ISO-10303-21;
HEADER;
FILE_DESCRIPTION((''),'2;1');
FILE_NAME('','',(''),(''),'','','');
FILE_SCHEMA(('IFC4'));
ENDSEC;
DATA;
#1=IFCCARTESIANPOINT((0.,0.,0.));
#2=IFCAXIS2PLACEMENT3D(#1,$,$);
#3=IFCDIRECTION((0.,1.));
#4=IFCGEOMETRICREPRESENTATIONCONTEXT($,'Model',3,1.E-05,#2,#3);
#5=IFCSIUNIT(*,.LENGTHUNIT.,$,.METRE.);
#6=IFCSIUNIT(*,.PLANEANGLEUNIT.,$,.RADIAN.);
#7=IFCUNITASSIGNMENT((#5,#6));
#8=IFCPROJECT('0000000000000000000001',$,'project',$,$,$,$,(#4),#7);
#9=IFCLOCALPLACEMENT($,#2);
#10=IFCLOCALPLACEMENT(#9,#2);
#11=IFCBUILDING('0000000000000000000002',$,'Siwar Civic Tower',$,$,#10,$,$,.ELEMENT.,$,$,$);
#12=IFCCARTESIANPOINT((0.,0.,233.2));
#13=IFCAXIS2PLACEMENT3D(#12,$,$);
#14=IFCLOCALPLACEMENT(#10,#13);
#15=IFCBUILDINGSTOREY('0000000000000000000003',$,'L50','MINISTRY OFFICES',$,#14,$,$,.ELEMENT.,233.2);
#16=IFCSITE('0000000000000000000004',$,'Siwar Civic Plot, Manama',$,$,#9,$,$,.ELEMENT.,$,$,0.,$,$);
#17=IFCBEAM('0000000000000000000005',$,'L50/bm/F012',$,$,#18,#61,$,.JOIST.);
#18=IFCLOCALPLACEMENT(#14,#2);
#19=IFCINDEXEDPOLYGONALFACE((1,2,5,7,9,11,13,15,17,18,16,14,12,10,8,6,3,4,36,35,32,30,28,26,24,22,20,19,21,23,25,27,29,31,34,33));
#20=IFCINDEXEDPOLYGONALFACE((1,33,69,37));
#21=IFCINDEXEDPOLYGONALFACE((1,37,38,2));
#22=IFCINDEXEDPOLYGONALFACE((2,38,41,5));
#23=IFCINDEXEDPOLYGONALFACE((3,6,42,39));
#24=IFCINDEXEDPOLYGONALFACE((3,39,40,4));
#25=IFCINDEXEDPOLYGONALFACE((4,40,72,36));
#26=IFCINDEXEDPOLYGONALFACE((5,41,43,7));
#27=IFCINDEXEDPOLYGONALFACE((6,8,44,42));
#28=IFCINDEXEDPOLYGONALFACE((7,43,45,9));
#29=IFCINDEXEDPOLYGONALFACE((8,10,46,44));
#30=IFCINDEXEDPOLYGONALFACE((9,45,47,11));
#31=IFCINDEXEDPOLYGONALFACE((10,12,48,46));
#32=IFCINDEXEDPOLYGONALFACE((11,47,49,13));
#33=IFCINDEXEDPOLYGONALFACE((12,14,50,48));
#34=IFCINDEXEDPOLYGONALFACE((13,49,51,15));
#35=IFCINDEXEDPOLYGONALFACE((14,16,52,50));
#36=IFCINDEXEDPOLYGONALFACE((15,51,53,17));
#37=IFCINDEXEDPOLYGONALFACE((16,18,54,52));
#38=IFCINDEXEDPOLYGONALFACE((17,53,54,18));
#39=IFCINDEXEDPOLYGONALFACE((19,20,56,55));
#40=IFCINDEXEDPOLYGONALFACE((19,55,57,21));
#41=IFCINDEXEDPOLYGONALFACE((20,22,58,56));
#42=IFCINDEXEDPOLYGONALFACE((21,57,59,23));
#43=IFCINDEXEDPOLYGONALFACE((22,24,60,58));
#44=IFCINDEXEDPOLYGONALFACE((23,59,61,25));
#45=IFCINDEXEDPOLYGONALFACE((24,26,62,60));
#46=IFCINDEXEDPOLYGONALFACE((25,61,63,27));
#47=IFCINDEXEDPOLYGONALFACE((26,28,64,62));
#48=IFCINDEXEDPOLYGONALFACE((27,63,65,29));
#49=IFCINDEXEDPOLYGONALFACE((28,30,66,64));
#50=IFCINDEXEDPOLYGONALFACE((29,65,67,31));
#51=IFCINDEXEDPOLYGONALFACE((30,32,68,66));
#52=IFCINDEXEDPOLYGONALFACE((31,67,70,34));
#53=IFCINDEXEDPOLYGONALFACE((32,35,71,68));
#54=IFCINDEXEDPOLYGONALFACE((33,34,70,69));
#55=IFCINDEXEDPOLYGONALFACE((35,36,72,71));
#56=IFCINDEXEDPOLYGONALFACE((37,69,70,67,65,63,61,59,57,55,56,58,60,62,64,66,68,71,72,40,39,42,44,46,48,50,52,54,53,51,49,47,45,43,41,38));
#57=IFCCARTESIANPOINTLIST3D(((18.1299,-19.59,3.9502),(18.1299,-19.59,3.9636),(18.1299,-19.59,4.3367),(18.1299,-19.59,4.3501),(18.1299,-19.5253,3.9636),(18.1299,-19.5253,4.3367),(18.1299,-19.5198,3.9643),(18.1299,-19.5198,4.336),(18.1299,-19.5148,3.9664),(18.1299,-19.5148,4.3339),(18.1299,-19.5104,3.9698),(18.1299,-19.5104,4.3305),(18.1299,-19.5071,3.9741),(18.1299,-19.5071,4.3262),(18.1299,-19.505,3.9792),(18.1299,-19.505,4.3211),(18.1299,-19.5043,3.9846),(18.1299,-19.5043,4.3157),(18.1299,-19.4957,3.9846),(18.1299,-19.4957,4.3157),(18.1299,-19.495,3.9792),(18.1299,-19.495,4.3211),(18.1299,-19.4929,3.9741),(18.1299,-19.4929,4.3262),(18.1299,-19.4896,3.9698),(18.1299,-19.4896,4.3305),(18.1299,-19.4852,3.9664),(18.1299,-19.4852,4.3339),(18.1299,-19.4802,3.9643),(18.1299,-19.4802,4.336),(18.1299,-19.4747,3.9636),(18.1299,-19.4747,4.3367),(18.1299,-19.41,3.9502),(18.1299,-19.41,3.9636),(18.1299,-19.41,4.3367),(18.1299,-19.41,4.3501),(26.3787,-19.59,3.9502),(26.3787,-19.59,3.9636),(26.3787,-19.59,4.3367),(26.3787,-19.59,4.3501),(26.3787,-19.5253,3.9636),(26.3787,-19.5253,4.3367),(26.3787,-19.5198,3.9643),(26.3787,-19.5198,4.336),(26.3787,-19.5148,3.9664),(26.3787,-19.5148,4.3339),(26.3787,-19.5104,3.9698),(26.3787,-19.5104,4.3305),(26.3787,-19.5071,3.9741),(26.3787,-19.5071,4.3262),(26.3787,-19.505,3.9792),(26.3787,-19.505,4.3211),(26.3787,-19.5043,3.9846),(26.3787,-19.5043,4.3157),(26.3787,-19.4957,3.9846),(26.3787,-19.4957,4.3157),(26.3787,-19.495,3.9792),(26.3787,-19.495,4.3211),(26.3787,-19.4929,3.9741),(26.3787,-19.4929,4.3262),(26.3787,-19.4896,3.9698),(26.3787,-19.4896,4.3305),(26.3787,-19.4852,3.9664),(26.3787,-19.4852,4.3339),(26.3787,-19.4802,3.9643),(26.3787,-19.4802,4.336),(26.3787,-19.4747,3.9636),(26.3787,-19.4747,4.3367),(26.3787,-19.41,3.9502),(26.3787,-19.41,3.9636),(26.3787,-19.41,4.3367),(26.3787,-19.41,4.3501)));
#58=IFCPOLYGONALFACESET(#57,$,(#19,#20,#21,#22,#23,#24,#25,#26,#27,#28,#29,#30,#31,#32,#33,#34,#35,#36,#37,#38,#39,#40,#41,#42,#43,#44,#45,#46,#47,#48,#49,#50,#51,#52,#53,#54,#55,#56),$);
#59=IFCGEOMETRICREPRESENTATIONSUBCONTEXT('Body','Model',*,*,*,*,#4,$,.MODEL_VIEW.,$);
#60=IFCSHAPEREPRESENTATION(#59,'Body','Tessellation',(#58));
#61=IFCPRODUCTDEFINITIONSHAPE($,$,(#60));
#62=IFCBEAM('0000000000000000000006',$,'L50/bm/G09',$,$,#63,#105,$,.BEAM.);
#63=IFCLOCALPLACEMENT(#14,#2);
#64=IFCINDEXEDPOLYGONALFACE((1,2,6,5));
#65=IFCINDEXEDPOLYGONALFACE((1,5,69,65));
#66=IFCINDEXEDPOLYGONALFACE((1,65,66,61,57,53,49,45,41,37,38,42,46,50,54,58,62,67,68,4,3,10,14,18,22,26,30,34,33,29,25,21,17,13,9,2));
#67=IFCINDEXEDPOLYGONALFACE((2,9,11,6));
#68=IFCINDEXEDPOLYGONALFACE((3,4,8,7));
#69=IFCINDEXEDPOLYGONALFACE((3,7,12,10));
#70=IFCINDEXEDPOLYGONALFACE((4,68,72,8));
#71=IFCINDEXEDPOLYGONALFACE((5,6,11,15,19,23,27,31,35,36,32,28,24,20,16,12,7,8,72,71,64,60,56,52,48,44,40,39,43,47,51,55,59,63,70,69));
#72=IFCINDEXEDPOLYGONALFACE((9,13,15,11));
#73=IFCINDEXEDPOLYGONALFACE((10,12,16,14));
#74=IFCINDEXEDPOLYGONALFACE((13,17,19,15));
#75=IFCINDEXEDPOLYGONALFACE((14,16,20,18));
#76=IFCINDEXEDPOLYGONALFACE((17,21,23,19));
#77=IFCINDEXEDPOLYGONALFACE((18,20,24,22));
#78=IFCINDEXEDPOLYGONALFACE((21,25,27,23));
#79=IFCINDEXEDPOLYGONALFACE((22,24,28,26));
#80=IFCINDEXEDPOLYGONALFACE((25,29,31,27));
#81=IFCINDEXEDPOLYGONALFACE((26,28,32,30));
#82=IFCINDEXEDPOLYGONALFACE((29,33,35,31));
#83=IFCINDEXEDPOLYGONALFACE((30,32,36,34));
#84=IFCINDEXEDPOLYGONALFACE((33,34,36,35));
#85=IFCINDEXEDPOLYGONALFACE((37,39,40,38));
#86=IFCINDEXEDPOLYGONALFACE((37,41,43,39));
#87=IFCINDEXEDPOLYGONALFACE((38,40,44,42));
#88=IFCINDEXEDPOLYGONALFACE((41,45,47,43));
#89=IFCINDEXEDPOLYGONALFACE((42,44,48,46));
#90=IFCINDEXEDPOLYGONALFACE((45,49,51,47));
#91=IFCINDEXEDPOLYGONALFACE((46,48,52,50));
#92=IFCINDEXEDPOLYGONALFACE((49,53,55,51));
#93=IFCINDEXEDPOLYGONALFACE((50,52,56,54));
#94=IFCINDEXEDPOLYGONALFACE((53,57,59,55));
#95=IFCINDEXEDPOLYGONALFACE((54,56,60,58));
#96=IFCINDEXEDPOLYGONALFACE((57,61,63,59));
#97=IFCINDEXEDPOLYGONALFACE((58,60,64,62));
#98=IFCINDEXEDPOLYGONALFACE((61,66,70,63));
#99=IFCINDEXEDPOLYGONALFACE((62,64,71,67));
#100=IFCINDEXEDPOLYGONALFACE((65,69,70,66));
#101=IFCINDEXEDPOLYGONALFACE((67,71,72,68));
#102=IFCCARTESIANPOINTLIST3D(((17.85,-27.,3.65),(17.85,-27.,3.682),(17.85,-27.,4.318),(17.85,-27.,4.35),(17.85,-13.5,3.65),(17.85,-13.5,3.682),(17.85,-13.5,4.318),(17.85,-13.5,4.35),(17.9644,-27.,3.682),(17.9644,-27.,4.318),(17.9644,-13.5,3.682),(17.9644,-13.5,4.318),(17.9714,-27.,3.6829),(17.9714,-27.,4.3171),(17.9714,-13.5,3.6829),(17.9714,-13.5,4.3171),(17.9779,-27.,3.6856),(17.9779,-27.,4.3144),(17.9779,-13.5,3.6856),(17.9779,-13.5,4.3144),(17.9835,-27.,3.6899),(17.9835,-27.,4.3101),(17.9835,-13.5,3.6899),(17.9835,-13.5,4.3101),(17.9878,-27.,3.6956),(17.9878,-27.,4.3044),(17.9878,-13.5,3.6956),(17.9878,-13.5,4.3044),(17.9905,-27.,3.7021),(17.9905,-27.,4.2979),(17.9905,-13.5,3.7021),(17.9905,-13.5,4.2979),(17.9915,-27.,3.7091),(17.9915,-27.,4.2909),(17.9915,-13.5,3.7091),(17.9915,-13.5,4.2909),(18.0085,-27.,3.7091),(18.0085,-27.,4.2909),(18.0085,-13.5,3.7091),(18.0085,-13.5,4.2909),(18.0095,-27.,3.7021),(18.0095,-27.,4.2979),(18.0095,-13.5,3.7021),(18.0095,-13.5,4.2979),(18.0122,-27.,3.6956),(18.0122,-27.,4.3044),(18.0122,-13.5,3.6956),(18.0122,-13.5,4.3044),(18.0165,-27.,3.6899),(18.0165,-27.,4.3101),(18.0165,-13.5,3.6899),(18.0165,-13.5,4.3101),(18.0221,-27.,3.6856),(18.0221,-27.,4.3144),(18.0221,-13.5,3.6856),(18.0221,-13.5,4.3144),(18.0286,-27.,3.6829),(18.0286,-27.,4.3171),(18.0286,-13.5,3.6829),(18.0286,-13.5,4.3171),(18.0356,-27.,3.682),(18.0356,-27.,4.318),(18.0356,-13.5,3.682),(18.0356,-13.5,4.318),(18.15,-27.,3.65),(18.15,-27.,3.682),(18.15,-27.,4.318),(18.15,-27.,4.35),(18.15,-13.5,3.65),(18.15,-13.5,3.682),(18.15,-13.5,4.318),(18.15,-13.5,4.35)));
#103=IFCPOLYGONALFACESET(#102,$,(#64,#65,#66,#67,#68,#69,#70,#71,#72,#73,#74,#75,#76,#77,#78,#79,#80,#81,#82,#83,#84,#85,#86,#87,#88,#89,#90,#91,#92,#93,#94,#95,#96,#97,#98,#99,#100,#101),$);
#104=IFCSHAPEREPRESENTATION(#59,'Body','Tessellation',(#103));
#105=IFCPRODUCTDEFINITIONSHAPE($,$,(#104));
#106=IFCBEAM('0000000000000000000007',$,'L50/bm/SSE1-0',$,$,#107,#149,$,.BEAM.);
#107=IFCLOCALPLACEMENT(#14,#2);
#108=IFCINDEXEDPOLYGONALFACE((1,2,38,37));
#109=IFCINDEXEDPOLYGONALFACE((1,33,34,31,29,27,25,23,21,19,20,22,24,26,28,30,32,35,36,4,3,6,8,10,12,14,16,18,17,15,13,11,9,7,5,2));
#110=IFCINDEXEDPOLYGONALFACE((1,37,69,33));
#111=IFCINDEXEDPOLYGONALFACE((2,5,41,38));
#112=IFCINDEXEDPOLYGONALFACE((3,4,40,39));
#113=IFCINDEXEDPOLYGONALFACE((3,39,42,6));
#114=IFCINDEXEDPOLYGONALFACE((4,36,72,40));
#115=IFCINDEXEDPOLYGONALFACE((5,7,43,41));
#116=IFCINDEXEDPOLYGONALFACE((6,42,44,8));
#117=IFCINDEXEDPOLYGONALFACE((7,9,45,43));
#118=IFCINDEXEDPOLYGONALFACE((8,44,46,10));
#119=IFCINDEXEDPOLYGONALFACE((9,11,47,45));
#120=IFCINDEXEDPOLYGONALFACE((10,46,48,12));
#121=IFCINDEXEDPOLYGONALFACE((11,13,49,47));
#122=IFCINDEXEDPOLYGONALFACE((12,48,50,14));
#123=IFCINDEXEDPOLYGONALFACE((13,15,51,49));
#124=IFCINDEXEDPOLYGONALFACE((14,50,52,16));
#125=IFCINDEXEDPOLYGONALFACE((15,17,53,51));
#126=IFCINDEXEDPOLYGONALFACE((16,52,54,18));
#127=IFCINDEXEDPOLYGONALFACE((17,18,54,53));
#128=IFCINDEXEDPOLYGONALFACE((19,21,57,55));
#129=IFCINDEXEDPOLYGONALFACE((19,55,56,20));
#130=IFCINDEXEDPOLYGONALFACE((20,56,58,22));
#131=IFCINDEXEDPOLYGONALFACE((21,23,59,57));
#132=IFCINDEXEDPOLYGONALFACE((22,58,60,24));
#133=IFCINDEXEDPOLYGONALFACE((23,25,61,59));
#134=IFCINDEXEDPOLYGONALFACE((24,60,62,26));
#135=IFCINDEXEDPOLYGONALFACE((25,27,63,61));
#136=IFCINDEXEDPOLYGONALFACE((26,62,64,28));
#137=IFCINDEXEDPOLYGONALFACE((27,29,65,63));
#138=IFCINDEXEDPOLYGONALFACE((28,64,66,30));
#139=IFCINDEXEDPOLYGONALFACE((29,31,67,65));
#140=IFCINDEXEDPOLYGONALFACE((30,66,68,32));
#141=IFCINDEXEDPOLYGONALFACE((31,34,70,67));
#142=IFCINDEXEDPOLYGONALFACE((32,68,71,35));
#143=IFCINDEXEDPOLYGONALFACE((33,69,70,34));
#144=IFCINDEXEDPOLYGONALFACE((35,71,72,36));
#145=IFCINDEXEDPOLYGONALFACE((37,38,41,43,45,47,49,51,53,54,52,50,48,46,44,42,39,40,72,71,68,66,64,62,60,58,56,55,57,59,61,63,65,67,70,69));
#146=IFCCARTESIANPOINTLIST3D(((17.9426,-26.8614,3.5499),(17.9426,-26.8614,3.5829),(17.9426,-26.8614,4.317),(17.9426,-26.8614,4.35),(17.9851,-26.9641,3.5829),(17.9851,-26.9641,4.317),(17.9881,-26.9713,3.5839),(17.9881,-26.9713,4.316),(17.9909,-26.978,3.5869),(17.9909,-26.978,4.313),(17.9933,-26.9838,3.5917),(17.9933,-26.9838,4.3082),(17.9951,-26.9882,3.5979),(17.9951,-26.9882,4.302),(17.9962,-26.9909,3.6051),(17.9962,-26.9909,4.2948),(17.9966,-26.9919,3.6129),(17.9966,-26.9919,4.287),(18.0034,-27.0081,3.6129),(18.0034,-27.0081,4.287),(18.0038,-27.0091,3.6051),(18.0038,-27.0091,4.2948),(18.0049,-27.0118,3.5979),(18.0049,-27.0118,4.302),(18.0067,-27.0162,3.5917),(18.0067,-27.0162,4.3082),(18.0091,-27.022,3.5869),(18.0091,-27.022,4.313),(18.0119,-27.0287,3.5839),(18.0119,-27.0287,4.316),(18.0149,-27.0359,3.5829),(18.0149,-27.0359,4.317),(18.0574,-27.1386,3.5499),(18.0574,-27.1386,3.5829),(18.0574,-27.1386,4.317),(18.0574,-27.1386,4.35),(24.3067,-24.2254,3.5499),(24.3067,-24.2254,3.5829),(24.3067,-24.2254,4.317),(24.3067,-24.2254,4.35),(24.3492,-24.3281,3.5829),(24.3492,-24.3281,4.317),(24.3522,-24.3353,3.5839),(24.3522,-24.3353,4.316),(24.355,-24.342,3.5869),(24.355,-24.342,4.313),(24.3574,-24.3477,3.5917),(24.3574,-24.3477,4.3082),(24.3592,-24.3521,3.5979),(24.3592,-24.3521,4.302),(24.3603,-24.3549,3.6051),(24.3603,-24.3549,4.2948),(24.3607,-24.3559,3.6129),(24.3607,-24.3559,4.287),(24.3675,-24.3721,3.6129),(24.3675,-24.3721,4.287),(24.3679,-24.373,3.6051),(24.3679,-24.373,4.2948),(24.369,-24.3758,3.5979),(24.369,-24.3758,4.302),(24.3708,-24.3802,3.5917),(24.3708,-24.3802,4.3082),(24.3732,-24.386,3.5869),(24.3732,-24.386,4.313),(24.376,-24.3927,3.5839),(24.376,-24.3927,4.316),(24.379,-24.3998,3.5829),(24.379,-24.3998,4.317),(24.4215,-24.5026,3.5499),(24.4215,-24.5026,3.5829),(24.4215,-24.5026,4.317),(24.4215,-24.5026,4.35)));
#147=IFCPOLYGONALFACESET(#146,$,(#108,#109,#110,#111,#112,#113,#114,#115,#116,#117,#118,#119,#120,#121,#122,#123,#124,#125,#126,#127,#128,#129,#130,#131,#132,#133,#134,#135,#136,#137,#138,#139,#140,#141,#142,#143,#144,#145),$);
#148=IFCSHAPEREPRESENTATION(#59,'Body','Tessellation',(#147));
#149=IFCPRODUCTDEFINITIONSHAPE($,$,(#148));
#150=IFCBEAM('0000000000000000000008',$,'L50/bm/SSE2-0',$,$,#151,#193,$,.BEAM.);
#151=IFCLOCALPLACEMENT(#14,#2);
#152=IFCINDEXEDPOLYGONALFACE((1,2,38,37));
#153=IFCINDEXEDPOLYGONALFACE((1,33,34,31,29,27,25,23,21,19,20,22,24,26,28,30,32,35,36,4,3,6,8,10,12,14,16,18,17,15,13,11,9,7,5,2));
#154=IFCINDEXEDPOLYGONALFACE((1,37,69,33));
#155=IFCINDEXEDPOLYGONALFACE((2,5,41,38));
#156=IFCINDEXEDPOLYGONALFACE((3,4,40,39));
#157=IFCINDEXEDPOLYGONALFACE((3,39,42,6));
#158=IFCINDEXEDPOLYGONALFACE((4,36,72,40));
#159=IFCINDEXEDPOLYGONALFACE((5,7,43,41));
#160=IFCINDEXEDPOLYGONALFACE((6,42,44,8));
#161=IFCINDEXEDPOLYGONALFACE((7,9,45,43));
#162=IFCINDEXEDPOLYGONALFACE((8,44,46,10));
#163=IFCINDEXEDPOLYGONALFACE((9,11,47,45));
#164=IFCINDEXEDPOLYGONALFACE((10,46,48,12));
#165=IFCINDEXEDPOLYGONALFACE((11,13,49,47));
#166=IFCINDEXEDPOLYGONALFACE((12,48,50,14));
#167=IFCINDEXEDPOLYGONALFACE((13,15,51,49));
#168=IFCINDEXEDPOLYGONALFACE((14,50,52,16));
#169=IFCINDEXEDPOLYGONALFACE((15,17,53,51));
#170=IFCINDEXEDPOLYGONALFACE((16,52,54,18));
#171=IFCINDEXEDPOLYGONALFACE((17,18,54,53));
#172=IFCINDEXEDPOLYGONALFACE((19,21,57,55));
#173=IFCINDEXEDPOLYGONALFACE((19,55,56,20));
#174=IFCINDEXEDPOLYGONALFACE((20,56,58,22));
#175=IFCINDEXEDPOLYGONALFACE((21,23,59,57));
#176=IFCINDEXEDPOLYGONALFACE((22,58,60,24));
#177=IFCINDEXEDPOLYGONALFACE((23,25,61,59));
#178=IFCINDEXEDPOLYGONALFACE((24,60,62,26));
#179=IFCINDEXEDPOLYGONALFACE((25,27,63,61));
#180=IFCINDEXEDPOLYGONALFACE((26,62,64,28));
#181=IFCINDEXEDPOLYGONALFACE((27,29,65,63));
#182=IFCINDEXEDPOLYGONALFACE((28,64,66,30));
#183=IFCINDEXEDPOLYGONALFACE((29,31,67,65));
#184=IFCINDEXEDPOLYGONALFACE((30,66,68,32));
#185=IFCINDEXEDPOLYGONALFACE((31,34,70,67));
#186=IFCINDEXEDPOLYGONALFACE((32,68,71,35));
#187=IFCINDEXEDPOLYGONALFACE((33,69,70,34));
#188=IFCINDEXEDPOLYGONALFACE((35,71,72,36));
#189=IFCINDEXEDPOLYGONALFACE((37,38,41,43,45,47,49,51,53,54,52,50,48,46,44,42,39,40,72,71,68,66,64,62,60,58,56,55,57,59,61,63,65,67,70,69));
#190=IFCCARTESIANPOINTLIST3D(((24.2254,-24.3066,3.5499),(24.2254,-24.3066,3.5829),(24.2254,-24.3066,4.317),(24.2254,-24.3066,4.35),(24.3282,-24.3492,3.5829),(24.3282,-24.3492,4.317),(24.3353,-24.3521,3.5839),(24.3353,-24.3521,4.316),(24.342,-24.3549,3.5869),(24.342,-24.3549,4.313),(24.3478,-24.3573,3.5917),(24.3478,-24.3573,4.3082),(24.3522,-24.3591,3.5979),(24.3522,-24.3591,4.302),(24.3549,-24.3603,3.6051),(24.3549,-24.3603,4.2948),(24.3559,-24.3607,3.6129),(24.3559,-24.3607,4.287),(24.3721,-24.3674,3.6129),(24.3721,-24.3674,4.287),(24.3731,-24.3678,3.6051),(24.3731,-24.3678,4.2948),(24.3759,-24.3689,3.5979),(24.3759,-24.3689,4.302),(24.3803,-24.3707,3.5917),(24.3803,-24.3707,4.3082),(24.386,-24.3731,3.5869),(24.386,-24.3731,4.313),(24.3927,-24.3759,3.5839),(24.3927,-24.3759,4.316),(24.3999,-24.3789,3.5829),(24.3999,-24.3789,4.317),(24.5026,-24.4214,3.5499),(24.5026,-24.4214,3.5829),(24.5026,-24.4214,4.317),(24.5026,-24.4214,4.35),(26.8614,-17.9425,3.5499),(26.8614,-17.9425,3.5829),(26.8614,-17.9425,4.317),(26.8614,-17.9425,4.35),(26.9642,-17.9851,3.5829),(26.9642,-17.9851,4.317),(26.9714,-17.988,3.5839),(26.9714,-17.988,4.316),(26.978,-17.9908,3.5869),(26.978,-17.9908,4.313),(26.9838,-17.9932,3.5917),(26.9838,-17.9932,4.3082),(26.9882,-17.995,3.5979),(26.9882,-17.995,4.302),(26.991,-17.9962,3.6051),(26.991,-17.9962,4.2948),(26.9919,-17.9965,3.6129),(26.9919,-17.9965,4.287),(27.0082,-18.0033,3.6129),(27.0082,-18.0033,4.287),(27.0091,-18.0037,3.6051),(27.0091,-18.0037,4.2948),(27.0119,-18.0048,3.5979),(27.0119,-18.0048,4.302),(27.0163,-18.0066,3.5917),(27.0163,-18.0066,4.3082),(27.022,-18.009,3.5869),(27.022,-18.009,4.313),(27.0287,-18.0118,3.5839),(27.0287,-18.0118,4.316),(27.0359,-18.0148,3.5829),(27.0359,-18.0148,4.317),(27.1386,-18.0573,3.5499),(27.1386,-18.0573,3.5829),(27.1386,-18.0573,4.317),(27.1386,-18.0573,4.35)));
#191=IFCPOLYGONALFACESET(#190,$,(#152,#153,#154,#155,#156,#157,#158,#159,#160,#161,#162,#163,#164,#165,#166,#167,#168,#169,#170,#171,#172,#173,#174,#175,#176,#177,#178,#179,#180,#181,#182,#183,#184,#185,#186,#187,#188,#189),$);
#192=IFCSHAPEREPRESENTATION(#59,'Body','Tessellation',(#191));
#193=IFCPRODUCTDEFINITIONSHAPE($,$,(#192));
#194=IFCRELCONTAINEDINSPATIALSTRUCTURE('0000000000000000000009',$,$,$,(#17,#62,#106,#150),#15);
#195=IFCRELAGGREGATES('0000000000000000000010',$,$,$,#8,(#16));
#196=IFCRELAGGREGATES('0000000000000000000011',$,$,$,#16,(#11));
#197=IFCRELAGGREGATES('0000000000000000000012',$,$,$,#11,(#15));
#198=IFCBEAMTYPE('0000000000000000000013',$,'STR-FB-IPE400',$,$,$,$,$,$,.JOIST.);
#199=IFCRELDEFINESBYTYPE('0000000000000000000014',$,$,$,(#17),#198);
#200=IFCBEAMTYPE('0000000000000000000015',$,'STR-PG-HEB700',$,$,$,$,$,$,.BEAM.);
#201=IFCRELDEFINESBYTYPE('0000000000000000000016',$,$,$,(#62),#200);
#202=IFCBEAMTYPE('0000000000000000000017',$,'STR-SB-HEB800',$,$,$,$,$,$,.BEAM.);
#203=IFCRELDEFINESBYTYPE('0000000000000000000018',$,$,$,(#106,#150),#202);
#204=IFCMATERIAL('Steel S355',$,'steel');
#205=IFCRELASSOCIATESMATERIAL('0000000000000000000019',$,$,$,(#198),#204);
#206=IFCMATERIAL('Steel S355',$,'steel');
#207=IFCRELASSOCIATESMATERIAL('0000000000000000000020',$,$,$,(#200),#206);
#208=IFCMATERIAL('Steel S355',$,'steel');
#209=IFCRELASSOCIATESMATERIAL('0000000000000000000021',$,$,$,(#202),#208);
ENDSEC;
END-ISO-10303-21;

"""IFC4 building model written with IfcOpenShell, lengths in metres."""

from ifc_helpers import new_model, si_unit, direction, frame, origin, origin_2d, place, context, subcontext, project, spatial, i_section, extrude, material, material_profile, profile_set, type_object, element, save


model = new_model("IFC4")

# Units and contexts
model_context = context("Model", 3, precision=1e-05, world=origin(), true_north=direction((0.0, 1.0)))
body_context = subcontext(model_context, "Body", "Model", "MODEL_VIEW")
ifc_project = project(units=[si_unit("LENGTHUNIT", "METRE"), si_unit("PLANEANGLEUNIT", "RADIAN")], contexts=[model_context])

# Site, building, storey
site_placement = place(None, origin())
site = spatial("IfcSite", under=ifc_project, at=site_placement, Name="Siwar Civic Plot, Manama", CompositionType="ELEMENT", RefElevation=0.0)
building_placement = place(site_placement, origin())
building = spatial("IfcBuilding", under=site, at=building_placement, Name="Siwar Civic Tower", CompositionType="ELEMENT")
storey_placement = place(building_placement, frame((0.0, 0.0, 233.2)))
storey = spatial("IfcBuildingStorey", under=building, at=storey_placement, Name="L50", Description="MINISTRY OFFICES", CompositionType="ELEMENT", Elevation=233.2)

# Beams
ifc_material_1 = material(Name="Steel S355", Category="steel")
ifc_material_profile_1 = material_profile(ifc_material_1, i_section(OverallWidth=0.1799, OverallDepth=0.3999, WebThickness=0.0085, FlangeThickness=0.0134, FilletRadius=0.021, at=origin_2d()), Name="IPE400")
ifc_profile_set_1 = profile_set([ifc_material_profile_1], Name="Steel S355")
beam_type_1 = type_object("IfcBeamType", Name="STR-FB-IPE400", PredefinedType="JOIST", material=ifc_profile_set_1)
beam_1_placement = place(storey_placement, frame((18.1299, -19.5, 4.1501), z_axis=(1.0, 0.0, 0.0), x_axis=(0.0, 1.0, 0.0)))
element("IfcBeam", 1, at=beam_1_placement, inside=storey, type_object=beam_type_1, Name="L50/bm/F012", PredefinedType="JOIST", context=body_context, shape_type="SweptSolid", body=[
    extrude(i_section(OverallWidth=0.1799, OverallDepth=0.3999, WebThickness=0.0085, FlangeThickness=0.0134, FilletRadius=0.021, at=origin_2d()), origin(), (0.0, 0.0, 1.0), 8.2488),
])
ifc_material_2 = material(Name="Steel S355", Category="steel")
ifc_material_profile_2 = material_profile(ifc_material_2, i_section(OverallWidth=0.3, OverallDepth=0.7, WebThickness=0.0171, FlangeThickness=0.032, FilletRadius=0.0271, at=origin_2d()), Name="HEB700")
ifc_profile_set_2 = profile_set([ifc_material_profile_2], Name="Steel S355")
beam_type_2 = type_object("IfcBeamType", Name="STR-PG-HEB700", PredefinedType="BEAM", material=ifc_profile_set_2)
beam_2_placement = place(storey_placement, frame((18.0, -27.0, 4.0), z_axis=(0.0, 1.0, 0.0), x_axis=(-1.0, 0.0, 0.0)))
element("IfcBeam", 2, at=beam_2_placement, inside=storey, type_object=beam_type_2, Name="L50/bm/G09", PredefinedType="BEAM", context=body_context, shape_type="SweptSolid", body=[
    extrude(i_section(OverallWidth=0.3, OverallDepth=0.7, WebThickness=0.0171, FlangeThickness=0.032, FilletRadius=0.0271, at=origin_2d()), origin(), (0.0, 0.0, 1.0), 13.5),
])
ifc_material_3 = material(Name="Steel S355", Category="steel")
ifc_material_profile_3 = material_profile(ifc_material_3, i_section(OverallWidth=0.3, OverallDepth=0.8, WebThickness=0.0176, FlangeThickness=0.033, FilletRadius=0.03, at=origin_2d()), Name="HEB800")
ifc_profile_set_3 = profile_set([ifc_material_profile_3], Name="Steel S355")
beam_type_3 = type_object("IfcBeamType", Name="STR-SB-HEB800", PredefinedType="BEAM", material=ifc_profile_set_3)
for number, where, z_axis, x_axis, name in (
    (3, (18.0, -27.0, 3.95), (0.923883, 0.382674, 0.0), (-0.382674, 0.923883, 0.0), "L50/bm/SSE1-0"),
    (4, (24.364, -24.364, 3.95), (0.382674, 0.923883, 0.0), (-0.923883, 0.382674, 0.0), "L50/bm/SSE2-0"),
):
    element("IfcBeam", number, at=place(storey_placement, frame(where, z_axis=z_axis, x_axis=x_axis)), inside=storey, type_object=beam_type_3, Name=name, PredefinedType="BEAM", context=body_context, shape_type="SweptSolid", body=[
        extrude(i_section(OverallWidth=0.3, OverallDepth=0.8, WebThickness=0.0176, FlangeThickness=0.033, FilletRadius=0.03, at=origin_2d()), origin(), (0.0, 0.0, 1.0), 6.8884),
    ])

save(model, "model.ifc")
